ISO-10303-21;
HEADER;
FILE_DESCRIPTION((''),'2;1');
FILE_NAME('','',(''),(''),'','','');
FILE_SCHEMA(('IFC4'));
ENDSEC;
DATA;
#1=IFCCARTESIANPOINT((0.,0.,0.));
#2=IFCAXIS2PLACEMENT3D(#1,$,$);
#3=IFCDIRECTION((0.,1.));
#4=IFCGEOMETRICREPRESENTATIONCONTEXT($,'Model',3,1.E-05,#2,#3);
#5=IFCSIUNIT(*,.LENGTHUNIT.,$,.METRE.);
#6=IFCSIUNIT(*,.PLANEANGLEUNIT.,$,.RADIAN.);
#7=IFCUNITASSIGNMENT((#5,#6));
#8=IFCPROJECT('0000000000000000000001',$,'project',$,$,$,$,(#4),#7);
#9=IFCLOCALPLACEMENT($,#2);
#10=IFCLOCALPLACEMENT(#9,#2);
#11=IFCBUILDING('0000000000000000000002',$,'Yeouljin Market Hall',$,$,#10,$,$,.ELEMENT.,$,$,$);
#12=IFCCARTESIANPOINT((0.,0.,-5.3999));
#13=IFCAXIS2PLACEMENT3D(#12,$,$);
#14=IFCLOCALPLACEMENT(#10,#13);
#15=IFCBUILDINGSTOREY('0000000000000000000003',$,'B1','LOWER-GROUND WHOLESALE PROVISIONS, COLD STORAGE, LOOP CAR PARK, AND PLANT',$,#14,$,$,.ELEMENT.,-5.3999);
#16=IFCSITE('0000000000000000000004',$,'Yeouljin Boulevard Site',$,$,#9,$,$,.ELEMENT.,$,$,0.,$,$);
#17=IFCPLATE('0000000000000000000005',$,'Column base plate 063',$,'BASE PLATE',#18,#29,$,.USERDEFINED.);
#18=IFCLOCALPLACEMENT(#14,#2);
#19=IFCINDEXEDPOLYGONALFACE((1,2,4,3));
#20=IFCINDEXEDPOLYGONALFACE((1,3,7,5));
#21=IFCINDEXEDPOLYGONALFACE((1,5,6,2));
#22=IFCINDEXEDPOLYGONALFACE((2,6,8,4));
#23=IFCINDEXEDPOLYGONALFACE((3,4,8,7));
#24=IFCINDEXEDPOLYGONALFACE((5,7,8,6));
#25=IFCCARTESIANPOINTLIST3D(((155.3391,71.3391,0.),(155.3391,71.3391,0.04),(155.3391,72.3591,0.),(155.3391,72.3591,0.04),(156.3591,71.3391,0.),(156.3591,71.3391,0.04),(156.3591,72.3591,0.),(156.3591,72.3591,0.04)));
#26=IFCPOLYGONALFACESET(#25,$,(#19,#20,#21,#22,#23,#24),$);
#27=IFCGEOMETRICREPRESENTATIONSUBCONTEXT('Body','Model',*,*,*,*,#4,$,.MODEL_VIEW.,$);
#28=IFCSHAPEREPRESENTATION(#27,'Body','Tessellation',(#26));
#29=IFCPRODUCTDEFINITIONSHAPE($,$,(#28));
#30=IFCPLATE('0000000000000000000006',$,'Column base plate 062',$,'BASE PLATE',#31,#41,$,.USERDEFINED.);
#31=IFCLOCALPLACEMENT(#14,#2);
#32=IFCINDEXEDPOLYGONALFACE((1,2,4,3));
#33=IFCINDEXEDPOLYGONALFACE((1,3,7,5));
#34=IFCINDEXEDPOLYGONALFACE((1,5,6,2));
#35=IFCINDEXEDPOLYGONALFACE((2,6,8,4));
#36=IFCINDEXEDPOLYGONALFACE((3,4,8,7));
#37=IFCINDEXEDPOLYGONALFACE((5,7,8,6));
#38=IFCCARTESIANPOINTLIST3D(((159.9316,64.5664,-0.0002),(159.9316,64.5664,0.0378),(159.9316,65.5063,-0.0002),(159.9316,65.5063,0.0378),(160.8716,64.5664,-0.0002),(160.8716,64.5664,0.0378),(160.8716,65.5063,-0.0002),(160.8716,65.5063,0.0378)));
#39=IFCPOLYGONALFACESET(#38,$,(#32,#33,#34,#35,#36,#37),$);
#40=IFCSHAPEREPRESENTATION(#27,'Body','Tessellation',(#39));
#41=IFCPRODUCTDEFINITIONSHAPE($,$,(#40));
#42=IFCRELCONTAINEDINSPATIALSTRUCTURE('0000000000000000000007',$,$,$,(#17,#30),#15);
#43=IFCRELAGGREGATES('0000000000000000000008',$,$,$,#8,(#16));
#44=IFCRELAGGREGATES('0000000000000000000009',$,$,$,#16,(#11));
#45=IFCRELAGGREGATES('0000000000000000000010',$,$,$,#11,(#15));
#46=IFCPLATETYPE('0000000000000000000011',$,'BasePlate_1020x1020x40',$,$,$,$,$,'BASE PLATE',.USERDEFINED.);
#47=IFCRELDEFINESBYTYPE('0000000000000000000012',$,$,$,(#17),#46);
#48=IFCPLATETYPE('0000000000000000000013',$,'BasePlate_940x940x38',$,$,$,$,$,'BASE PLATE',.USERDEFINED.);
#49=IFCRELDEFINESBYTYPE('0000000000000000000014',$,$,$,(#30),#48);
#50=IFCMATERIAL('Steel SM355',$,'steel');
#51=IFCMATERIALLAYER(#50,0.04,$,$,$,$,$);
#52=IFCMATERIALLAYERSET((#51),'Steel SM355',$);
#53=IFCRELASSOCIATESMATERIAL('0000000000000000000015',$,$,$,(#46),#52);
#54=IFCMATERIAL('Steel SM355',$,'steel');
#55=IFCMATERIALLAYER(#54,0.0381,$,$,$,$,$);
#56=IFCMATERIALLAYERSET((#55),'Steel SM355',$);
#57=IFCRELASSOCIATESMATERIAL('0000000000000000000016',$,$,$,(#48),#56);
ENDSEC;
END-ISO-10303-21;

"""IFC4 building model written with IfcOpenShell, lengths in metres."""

from ifc_helpers import new_model, si_unit, direction, frame, origin, origin_2d, place, context, subcontext, project, spatial, rectangle, extrude, material, layer, layer_set, type_object, element, save


model = new_model("IFC4")

# Units and contexts
model_context = context("Model", 3, precision=1e-05, world=origin(), true_north=direction((0.0, 1.0)))
body_context = subcontext(model_context, "Body", "Model", "MODEL_VIEW")
ifc_project = project(units=[si_unit("LENGTHUNIT", "METRE"), si_unit("PLANEANGLEUNIT", "RADIAN")], contexts=[model_context])

# Site, building, storey
site_placement = place(None, origin())
site = spatial("IfcSite", under=ifc_project, at=site_placement, Name="Yeouljin Boulevard Site", CompositionType="ELEMENT", RefElevation=0.0)
building_placement = place(site_placement, origin())
building = spatial("IfcBuilding", under=site, at=building_placement, Name="Yeouljin Market Hall", CompositionType="ELEMENT")
storey_placement = place(building_placement, frame((0.0, 0.0, -5.3999)))
storey = spatial("IfcBuildingStorey", under=building, at=storey_placement, Name="B1", Description="LOWER-GROUND WHOLESALE PROVISIONS, COLD STORAGE, LOOP CAR PARK, AND PLANT", CompositionType="ELEMENT", Elevation=-5.3999)

# Plates
ifc_material_1 = material(Name="Steel SM355", Category="steel")
ifc_layer_1 = layer(ifc_material_1, 0.04)
ifc_layer_set_1 = layer_set([ifc_layer_1], Name="Steel SM355")
plate_type_1 = type_object("IfcPlateType", Name="BasePlate_1020x1020x40", ElementType="BASE PLATE", PredefinedType="USERDEFINED", material=ifc_layer_set_1)
plate_1_placement = place(storey_placement, frame((155.8491, 71.8491, 0.0), z_axis=(0.0, 0.0, 1.0), x_axis=(1.0, 0.0, 0.0)))
element("IfcPlate", 1, at=plate_1_placement, inside=storey, type_object=plate_type_1, Name="Column base plate 063", ObjectType="BASE PLATE", PredefinedType="USERDEFINED", context=body_context, shape_type="SweptSolid", body=[
    extrude(rectangle(XDim=1.02, YDim=1.02, at=origin_2d()), origin(), (0.0, 0.0, 1.0), 0.04),
])
ifc_material_2 = material(Name="Steel SM355", Category="steel")
ifc_layer_2 = layer(ifc_material_2, 0.0381)
ifc_layer_set_2 = layer_set([ifc_layer_2], Name="Steel SM355")
plate_type_2 = type_object("IfcPlateType", Name="BasePlate_940x940x38", ElementType="BASE PLATE", PredefinedType="USERDEFINED", material=ifc_layer_set_2)
plate_2_placement = place(storey_placement, frame((160.4016, 65.0364, -0.0002), z_axis=(0.0, 0.0, 1.0), x_axis=(1.0, 0.0, 0.0)))
element("IfcPlate", 2, at=plate_2_placement, inside=storey, type_object=plate_type_2, Name="Column base plate 062", ObjectType="BASE PLATE", PredefinedType="USERDEFINED", context=body_context, shape_type="SweptSolid", body=[
    extrude(rectangle(XDim=0.9399, YDim=0.9399, at=origin_2d()), origin(), (0.0, 0.0, 1.0), 0.0381),
])

save(model, "model.ifc")
